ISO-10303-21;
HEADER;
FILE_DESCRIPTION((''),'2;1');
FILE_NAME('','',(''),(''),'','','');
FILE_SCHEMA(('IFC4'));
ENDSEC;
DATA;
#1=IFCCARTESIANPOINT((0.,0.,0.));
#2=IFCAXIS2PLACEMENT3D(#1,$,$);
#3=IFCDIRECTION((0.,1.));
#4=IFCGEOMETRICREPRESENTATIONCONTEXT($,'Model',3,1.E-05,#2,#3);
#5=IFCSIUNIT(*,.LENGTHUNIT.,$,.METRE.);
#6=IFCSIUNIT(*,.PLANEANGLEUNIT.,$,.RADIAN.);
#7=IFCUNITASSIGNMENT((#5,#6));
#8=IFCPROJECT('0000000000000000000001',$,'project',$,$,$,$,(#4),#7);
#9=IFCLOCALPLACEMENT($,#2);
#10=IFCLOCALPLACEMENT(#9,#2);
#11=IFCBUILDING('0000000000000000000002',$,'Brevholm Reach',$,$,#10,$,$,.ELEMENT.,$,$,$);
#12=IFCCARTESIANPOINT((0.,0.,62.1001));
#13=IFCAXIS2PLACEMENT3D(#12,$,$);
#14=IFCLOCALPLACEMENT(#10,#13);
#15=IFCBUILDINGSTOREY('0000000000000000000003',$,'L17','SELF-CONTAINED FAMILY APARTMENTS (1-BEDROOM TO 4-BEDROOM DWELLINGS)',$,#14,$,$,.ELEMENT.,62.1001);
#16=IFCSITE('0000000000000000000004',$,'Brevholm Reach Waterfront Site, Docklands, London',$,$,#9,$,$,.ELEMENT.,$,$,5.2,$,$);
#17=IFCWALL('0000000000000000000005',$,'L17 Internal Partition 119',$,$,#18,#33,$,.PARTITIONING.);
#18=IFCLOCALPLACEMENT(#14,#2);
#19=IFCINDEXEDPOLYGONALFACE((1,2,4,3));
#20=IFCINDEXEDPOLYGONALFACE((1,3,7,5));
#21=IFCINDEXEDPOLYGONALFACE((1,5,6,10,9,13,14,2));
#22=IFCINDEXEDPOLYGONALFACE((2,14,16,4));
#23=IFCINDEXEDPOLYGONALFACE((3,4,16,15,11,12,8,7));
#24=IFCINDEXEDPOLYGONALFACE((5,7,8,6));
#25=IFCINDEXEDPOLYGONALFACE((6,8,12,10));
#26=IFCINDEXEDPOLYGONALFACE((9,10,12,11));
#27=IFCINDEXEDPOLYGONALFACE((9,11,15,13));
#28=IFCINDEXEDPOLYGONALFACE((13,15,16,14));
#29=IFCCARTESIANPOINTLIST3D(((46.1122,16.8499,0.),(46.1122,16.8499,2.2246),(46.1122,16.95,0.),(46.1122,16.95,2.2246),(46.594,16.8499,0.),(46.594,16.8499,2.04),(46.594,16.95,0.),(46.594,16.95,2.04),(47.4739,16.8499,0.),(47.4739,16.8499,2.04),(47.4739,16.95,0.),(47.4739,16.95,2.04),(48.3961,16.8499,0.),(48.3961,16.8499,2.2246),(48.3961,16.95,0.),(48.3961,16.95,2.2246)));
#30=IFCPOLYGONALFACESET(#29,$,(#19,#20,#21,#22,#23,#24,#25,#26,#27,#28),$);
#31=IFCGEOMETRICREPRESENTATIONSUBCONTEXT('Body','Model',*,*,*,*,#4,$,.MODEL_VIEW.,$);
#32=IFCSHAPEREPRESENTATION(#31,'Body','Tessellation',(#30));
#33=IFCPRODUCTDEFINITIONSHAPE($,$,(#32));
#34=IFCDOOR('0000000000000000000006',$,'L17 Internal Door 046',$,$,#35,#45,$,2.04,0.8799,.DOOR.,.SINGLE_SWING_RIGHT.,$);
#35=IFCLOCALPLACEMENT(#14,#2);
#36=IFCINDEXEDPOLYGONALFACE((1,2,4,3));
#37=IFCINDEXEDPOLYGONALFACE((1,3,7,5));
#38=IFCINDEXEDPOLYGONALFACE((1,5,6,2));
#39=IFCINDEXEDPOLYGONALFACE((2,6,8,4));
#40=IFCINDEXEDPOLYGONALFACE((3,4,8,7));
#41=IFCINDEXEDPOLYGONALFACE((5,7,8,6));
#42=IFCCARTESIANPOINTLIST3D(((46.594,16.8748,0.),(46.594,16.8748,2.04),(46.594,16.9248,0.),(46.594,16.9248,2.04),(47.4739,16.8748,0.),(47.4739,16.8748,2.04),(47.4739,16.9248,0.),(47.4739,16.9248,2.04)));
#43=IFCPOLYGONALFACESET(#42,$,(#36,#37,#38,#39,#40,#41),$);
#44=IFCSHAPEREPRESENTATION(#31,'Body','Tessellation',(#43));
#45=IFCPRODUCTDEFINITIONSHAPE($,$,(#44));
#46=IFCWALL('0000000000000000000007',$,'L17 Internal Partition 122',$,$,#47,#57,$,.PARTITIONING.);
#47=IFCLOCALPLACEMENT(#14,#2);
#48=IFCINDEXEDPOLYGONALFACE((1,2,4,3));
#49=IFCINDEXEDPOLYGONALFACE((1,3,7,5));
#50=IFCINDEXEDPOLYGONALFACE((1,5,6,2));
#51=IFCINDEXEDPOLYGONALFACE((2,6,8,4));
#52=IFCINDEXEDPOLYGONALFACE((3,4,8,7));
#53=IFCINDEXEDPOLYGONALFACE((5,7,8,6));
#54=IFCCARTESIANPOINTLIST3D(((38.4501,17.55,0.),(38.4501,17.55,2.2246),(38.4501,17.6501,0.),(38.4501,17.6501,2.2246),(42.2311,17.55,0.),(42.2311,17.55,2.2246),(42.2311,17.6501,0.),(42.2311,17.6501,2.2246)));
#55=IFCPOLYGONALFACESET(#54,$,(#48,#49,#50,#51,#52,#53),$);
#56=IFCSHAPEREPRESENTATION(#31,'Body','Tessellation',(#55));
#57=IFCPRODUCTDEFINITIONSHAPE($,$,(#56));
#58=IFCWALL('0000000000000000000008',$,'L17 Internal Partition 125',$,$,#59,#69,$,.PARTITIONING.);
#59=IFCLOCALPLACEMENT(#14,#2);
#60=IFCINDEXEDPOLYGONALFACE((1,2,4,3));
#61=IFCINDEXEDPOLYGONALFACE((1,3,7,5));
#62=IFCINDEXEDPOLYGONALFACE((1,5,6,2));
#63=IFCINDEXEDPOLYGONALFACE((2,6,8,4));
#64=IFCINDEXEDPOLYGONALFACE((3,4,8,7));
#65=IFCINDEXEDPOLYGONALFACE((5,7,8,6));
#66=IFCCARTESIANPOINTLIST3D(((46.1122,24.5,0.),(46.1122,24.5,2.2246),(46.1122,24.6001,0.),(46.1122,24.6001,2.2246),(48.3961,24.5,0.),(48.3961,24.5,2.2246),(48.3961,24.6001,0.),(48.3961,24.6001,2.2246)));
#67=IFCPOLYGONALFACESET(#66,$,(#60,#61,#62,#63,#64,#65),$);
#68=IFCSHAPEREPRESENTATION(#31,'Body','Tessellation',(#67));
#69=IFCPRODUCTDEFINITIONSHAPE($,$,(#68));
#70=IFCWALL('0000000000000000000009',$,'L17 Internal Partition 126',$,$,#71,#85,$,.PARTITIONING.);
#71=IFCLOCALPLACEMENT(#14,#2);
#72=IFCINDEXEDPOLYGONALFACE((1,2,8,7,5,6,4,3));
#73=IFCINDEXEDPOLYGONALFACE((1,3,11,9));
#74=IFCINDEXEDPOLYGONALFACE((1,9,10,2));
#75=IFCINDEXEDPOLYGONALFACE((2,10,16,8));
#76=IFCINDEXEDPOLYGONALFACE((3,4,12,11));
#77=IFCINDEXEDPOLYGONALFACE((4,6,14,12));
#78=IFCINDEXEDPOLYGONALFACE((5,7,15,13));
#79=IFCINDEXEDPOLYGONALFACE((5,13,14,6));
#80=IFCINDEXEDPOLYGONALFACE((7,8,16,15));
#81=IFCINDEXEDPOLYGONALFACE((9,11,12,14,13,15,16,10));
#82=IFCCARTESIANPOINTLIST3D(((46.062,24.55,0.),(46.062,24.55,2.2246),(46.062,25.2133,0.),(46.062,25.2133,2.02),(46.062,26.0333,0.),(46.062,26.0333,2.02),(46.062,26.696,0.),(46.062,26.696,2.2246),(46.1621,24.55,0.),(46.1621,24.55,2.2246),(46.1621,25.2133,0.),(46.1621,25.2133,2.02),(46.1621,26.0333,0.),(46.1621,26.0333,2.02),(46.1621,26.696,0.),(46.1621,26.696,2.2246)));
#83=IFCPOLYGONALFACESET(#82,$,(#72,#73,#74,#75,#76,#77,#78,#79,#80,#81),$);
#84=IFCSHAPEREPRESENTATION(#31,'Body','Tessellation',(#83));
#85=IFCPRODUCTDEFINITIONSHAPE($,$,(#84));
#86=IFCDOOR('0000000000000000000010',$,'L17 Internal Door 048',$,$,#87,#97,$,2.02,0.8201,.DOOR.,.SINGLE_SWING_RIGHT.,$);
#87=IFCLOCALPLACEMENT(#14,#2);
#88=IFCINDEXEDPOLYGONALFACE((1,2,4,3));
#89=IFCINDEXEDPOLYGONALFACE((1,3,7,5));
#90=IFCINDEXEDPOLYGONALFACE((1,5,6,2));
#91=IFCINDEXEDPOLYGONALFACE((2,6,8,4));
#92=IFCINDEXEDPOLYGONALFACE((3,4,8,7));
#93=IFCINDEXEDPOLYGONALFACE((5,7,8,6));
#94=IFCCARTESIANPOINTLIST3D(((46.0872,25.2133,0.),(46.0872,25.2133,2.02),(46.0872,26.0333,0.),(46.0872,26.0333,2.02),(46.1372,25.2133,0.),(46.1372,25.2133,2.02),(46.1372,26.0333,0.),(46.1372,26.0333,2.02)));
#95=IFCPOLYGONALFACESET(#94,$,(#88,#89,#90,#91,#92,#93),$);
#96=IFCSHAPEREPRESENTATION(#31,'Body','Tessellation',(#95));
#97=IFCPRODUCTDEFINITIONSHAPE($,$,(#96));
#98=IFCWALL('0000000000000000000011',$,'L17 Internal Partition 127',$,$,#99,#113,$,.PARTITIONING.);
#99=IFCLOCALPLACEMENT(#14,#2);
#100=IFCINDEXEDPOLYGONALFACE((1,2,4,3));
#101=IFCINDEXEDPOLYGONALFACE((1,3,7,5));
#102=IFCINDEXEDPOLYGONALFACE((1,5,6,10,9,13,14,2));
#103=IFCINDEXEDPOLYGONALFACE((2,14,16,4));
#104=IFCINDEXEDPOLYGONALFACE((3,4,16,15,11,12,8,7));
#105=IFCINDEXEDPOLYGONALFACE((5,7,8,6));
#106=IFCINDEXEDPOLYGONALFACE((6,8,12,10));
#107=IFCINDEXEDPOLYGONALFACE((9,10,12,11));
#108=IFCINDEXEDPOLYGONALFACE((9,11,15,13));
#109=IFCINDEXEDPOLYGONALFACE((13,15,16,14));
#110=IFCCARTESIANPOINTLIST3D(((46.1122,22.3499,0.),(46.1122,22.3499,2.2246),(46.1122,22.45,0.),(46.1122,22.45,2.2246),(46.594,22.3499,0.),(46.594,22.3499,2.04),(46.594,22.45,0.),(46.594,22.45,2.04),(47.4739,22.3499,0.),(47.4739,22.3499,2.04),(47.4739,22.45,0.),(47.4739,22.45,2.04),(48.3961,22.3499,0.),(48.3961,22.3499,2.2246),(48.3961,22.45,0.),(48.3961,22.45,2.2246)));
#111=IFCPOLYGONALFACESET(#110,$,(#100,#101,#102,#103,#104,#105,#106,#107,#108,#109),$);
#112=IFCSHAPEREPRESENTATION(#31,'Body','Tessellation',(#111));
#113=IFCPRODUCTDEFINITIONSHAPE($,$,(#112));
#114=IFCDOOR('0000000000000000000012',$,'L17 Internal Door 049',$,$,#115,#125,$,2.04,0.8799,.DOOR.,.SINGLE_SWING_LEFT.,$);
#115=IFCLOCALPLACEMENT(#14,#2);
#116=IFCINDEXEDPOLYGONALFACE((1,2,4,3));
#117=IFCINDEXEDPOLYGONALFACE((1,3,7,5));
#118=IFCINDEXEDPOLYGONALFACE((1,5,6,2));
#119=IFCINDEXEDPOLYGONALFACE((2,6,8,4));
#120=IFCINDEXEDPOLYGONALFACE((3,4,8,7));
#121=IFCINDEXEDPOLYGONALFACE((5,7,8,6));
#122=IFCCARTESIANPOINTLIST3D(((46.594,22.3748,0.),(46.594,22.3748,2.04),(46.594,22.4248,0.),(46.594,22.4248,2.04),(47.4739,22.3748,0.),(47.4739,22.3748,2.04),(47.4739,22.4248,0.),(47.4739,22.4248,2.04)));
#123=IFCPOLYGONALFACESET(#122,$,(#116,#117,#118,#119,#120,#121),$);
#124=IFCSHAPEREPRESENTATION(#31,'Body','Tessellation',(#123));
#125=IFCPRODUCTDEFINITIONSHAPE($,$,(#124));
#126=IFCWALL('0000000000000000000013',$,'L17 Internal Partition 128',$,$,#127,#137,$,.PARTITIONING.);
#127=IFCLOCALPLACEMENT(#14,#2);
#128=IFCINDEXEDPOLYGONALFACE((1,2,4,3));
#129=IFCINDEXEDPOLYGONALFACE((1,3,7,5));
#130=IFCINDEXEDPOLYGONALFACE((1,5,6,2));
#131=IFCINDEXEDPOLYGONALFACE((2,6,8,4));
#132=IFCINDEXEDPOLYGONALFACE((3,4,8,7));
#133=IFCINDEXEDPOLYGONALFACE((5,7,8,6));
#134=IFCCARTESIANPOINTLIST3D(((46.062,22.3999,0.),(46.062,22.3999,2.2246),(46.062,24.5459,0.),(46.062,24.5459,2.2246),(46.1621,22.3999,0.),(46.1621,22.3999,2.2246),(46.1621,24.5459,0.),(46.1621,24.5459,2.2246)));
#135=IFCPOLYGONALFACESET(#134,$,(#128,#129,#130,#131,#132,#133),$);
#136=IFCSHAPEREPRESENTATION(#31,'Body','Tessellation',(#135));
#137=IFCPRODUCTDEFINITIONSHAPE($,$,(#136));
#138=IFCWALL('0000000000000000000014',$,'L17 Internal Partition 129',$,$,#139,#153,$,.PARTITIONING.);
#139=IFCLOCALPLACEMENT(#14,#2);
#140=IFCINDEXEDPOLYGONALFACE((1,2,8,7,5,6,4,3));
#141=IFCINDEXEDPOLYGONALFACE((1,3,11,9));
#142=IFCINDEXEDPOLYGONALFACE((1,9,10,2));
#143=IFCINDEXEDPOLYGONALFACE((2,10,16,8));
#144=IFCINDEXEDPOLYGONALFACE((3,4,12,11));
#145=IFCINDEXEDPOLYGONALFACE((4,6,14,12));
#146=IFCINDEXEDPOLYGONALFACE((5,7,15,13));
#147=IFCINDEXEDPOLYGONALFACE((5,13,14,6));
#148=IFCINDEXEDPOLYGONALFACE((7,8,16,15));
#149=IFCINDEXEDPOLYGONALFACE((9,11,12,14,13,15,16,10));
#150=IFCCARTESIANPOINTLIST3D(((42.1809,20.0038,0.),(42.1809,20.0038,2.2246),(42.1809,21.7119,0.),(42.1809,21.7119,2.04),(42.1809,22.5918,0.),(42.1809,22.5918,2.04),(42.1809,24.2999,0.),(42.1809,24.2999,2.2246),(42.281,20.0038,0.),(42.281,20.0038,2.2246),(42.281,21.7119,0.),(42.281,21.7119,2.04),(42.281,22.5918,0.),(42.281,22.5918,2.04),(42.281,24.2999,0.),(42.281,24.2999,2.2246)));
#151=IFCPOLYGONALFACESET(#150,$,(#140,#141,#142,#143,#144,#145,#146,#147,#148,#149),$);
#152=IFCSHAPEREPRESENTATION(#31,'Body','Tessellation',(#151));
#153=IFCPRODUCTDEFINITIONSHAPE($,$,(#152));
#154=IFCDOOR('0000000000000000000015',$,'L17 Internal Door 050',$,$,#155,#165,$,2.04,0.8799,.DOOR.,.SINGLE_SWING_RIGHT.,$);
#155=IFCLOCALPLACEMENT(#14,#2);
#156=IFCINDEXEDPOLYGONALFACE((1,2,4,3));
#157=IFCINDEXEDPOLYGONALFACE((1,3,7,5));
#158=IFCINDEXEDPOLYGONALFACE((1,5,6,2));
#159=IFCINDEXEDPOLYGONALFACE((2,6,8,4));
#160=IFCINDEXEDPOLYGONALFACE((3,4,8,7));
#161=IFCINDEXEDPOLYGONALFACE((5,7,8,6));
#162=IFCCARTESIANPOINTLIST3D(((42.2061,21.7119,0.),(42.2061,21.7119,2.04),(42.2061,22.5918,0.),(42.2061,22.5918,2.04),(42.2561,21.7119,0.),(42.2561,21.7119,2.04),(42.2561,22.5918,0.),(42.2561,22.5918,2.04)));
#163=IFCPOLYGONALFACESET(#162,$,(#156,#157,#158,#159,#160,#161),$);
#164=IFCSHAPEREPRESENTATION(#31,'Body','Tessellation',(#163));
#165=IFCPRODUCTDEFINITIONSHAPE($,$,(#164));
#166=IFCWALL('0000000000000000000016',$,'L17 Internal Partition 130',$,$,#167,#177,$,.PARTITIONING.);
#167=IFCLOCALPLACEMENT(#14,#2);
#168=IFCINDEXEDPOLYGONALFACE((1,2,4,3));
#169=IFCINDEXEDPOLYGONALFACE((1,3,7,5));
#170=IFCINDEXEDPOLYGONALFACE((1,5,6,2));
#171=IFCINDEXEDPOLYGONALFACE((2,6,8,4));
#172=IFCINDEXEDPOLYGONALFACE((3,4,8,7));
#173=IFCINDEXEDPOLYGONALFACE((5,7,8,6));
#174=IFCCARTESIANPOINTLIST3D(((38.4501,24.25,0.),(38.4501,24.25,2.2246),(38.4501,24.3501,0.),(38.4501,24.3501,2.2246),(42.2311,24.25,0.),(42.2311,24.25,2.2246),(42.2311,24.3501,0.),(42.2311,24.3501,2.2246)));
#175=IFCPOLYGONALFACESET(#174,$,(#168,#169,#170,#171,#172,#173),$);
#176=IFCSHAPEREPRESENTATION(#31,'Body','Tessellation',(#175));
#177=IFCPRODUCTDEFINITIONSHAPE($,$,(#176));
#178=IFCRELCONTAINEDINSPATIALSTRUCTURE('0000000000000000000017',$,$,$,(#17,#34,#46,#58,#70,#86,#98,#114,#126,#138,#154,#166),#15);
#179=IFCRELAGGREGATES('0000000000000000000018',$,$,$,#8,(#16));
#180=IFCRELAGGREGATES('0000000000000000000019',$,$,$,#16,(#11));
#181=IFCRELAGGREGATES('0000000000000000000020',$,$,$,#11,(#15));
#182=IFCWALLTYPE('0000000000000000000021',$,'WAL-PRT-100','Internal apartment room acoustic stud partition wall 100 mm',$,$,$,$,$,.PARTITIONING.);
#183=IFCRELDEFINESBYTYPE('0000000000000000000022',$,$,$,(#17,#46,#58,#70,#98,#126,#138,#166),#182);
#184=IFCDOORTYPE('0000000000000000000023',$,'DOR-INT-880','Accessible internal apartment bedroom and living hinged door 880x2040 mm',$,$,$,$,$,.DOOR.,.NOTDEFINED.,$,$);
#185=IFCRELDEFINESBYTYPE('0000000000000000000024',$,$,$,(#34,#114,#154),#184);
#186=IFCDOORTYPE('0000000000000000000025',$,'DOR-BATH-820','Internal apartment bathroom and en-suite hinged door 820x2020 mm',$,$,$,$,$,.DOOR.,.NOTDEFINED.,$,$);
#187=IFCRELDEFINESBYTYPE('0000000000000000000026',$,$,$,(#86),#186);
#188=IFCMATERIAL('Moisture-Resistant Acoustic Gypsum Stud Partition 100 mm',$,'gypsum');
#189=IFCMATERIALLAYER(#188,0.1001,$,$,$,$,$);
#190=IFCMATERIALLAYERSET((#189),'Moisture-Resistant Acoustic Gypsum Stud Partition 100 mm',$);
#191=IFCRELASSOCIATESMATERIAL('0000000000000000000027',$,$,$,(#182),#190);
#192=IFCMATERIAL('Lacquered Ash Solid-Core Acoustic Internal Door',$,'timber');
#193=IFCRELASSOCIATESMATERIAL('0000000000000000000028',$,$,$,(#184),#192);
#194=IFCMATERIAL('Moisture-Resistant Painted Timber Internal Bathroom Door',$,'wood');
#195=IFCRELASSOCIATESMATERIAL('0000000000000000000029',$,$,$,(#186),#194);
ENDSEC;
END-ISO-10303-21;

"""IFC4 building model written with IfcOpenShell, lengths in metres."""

from ifc_helpers import new_model, si_unit, direction, frame, frame_2d, origin, place, context, subcontext, project, spatial, rectangle, extrude, material, layer, layer_set, type_object, element, fill, save


model = new_model("IFC4")

# Units and contexts
model_context = context("Model", 3, precision=1e-05, world=origin(), true_north=direction((0.0, 1.0)))
body_context = subcontext(model_context, "Body", "Model", "MODEL_VIEW")
ifc_project = project(units=[si_unit("LENGTHUNIT", "METRE"), si_unit("PLANEANGLEUNIT", "RADIAN")], contexts=[model_context])

# Site, building, storey
site_placement = place(None, origin())
site = spatial("IfcSite", under=ifc_project, at=site_placement, Name="Brevholm Reach Waterfront Site, Docklands, London", CompositionType="ELEMENT", RefElevation=5.2)
building_placement = place(site_placement, origin())
building = spatial("IfcBuilding", under=site, at=building_placement, Name="Brevholm Reach", CompositionType="ELEMENT")
storey_placement = place(building_placement, frame((0.0, 0.0, 62.1001)))
storey = spatial("IfcBuildingStorey", under=building, at=storey_placement, Name="L17", Description="SELF-CONTAINED FAMILY APARTMENTS (1-BEDROOM TO 4-BEDROOM DWELLINGS)", CompositionType="ELEMENT", Elevation=62.1001)

# Wall, opening, door
ifc_material_1 = material(Name="Moisture-Resistant Acoustic Gypsum Stud Partition 100 mm", Category="gypsum")
ifc_layer_1 = layer(ifc_material_1, 0.1001)
ifc_layer_set_1 = layer_set([ifc_layer_1], Name="Moisture-Resistant Acoustic Gypsum Stud Partition 100 mm")
wall_type_1 = type_object("IfcWallType", Name="WAL-PRT-100", Description="Internal apartment room acoustic stud partition wall 100 mm", PredefinedType="PARTITIONING", material=ifc_layer_set_1)
wall_1_placement = place(storey_placement, frame((46.1121, 16.8999, 0.0), z_axis=(0.0, 0.0, 1.0), x_axis=(1.0, 0.0, 0.0)))
wall_1 = element("IfcWall", 1, at=wall_1_placement, inside=storey, type_object=wall_type_1, Name="L17 Internal Partition 119", PredefinedType="PARTITIONING", context=body_context, shape_type="SweptSolid", body=[
    extrude(rectangle(XDim=2.2839, YDim=0.1001, at=frame_2d((1.1421, 0.0))), origin(), (0.0, 0.0, 1.0), 2.2246),
])
opening_1_placement = place(wall_1_placement, frame((0.4819, 0.0, 0.0)))
opening_1 = element("IfcOpeningElement", 2, at=opening_1_placement, cuts=wall_1, PredefinedType="OPENING", context=body_context, shape_type="SweptSolid", body=[
    extrude(rectangle(XDim=0.8799, YDim=2.04, at=frame_2d((0.4399, 1.02))), frame((0.0, 0.0601, 0.0), z_axis=(0.0, -1.0, 0.0), x_axis=(1.0, 0.0, 0.0)), (0.0, 0.0, 1.0), 0.1201),
])
ifc_material_2 = material(Name="Lacquered Ash Solid-Core Acoustic Internal Door", Category="timber")
door_type_1 = type_object("IfcDoorType", Name="DOR-INT-880", Description="Accessible internal apartment bedroom and living hinged door 880x2040 mm", OperationType="NOTDEFINED", PredefinedType="DOOR", material=ifc_material_2)
door_1_placement = place(opening_1_placement, origin())
door_1 = element("IfcDoor", 3, at=door_1_placement, inside=storey, type_object=door_type_1, Name="L17 Internal Door 046", OperationType="SINGLE_SWING_RIGHT", OverallHeight=2.04, OverallWidth=0.8799, PredefinedType="DOOR", context=body_context, shape_type="SweptSolid", body=[
    extrude(rectangle(XDim=0.8799, YDim=2.04, at=frame_2d((0.4399, 1.02))), frame((0.0, 0.0249, 0.0), z_axis=(0.0, -1.0, 0.0), x_axis=(1.0, 0.0, 0.0)), (0.0, 0.0, 1.0), 0.05),
])
fill(opening_1, door_1)

# Walls
wall_2_placement = place(storey_placement, frame((38.45, 17.6001, 0.0), z_axis=(0.0, 0.0, 1.0), x_axis=(1.0, 0.0, 0.0)))
element("IfcWall", 4, at=wall_2_placement, inside=storey, type_object=wall_type_1, Name="L17 Internal Partition 122", PredefinedType="PARTITIONING", context=body_context, shape_type="SweptSolid", body=[
    extrude(rectangle(XDim=3.781, YDim=0.1001, at=frame_2d((1.8906, 0.0))), origin(), (0.0, 0.0, 1.0), 2.2246),
])
wall_3_placement = place(storey_placement, frame((46.1121, 24.55, 0.0), z_axis=(0.0, 0.0, 1.0), x_axis=(1.0, 0.0, 0.0)))
element("IfcWall", 5, at=wall_3_placement, inside=storey, type_object=wall_type_1, Name="L17 Internal Partition 125", PredefinedType="PARTITIONING", context=body_context, shape_type="SweptSolid", body=[
    extrude(rectangle(XDim=2.2839, YDim=0.1001, at=frame_2d((1.1421, 0.0))), origin(), (0.0, 0.0, 1.0), 2.2246),
])

# Walls, openings, doors
wall_4_placement = place(storey_placement, frame((46.1121, 24.55, 0.0), z_axis=(0.0, 0.0, 1.0), x_axis=(0.0, 1.0, 0.0)))
wall_4 = element("IfcWall", 6, at=wall_4_placement, inside=storey, type_object=wall_type_1, Name="L17 Internal Partition 126", PredefinedType="PARTITIONING", context=body_context, shape_type="SweptSolid", body=[
    extrude(rectangle(XDim=2.146, YDim=0.1001, at=frame_2d((1.073, 0.0))), origin(), (0.0, 0.0, 1.0), 2.2246),
])
opening_2_placement = place(wall_4_placement, frame((0.6631, 0.0, 0.0)))
opening_2 = element("IfcOpeningElement", 7, at=opening_2_placement, cuts=wall_4, PredefinedType="OPENING", context=body_context, shape_type="SweptSolid", body=[
    extrude(rectangle(XDim=0.8201, YDim=2.02, at=frame_2d((0.4102, 1.01))), frame((0.0, 0.0601, 0.0), z_axis=(0.0, -1.0, 0.0), x_axis=(1.0, 0.0, 0.0)), (0.0, 0.0, 1.0), 0.1201),
])
ifc_material_3 = material(Name="Moisture-Resistant Painted Timber Internal Bathroom Door", Category="wood")
door_type_2 = type_object("IfcDoorType", Name="DOR-BATH-820", Description="Internal apartment bathroom and en-suite hinged door 820x2020 mm", OperationType="NOTDEFINED", PredefinedType="DOOR", material=ifc_material_3)
door_2_placement = place(opening_2_placement, origin())
door_2 = element("IfcDoor", 8, at=door_2_placement, inside=storey, type_object=door_type_2, Name="L17 Internal Door 048", OperationType="SINGLE_SWING_RIGHT", OverallHeight=2.02, OverallWidth=0.8201, PredefinedType="DOOR", context=body_context, shape_type="SweptSolid", body=[
    extrude(rectangle(XDim=0.8201, YDim=2.02, at=frame_2d((0.4102, 1.01))), frame((0.0, 0.0249, 0.0), z_axis=(0.0, -1.0, 0.0), x_axis=(1.0, 0.0, 0.0)), (0.0, 0.0, 1.0), 0.05),
])
fill(opening_2, door_2)
wall_5_placement = place(storey_placement, frame((46.1121, 22.3999, 0.0), z_axis=(0.0, 0.0, 1.0), x_axis=(1.0, 0.0, 0.0)))
wall_5 = element("IfcWall", 9, at=wall_5_placement, inside=storey, type_object=wall_type_1, Name="L17 Internal Partition 127", PredefinedType="PARTITIONING", context=body_context, shape_type="SweptSolid", body=[
    extrude(rectangle(XDim=2.2839, YDim=0.1001, at=frame_2d((1.1421, 0.0))), origin(), (0.0, 0.0, 1.0), 2.2246),
])
opening_3_placement = place(wall_5_placement, frame((0.4819, 0.0, 0.0)))
opening_3 = element("IfcOpeningElement", 10, at=opening_3_placement, cuts=wall_5, PredefinedType="OPENING", context=body_context, shape_type="SweptSolid", body=[
    extrude(rectangle(XDim=0.8799, YDim=2.04, at=frame_2d((0.4399, 1.02))), frame((0.0, 0.0601, 0.0), z_axis=(0.0, -1.0, 0.0), x_axis=(1.0, 0.0, 0.0)), (0.0, 0.0, 1.0), 0.1201),
])
door_3_placement = place(opening_3_placement, origin())
door_3 = element("IfcDoor", 11, at=door_3_placement, inside=storey, type_object=door_type_1, Name="L17 Internal Door 049", OperationType="SINGLE_SWING_LEFT", OverallHeight=2.04, OverallWidth=0.8799, PredefinedType="DOOR", context=body_context, shape_type="SweptSolid", body=[
    extrude(rectangle(XDim=0.8799, YDim=2.04, at=frame_2d((0.4399, 1.02))), frame((0.0, 0.0249, 0.0), z_axis=(0.0, -1.0, 0.0), x_axis=(1.0, 0.0, 0.0)), (0.0, 0.0, 1.0), 0.05),
])
fill(opening_3, door_3)

# Wall
wall_6_placement = place(storey_placement, frame((46.1121, 22.3999, 0.0), z_axis=(0.0, 0.0, 1.0), x_axis=(0.0, 1.0, 0.0)))
element("IfcWall", 12, at=wall_6_placement, inside=storey, type_object=wall_type_1, Name="L17 Internal Partition 128", PredefinedType="PARTITIONING", context=body_context, shape_type="SweptSolid", body=[
    extrude(rectangle(XDim=2.146, YDim=0.1001, at=frame_2d((1.073, 0.0))), origin(), (0.0, 0.0, 1.0), 2.2246),
])

# Wall, opening, door
wall_7_placement = place(storey_placement, frame((42.231, 20.0039, 0.0), z_axis=(0.0, 0.0, 1.0), x_axis=(0.0, 1.0, 0.0)))
wall_7 = element("IfcWall", 13, at=wall_7_placement, inside=storey, type_object=wall_type_1, Name="L17 Internal Partition 129", PredefinedType="PARTITIONING", context=body_context, shape_type="SweptSolid", body=[
    extrude(rectangle(XDim=4.2961, YDim=0.1001, at=frame_2d((2.1479, 0.0))), origin(), (0.0, 0.0, 1.0), 2.2246),
])
opening_4_placement = place(wall_7_placement, frame((1.708, 0.0, 0.0)))
opening_4 = element("IfcOpeningElement", 14, at=opening_4_placement, cuts=wall_7, PredefinedType="OPENING", context=body_context, shape_type="SweptSolid", body=[
    extrude(rectangle(XDim=0.8799, YDim=2.04, at=frame_2d((0.4399, 1.02))), frame((0.0, 0.0601, 0.0), z_axis=(0.0, -1.0, 0.0), x_axis=(1.0, 0.0, 0.0)), (0.0, 0.0, 1.0), 0.1201),
])
door_4_placement = place(opening_4_placement, origin())
door_4 = element("IfcDoor", 15, at=door_4_placement, inside=storey, type_object=door_type_1, Name="L17 Internal Door 050", OperationType="SINGLE_SWING_RIGHT", OverallHeight=2.04, OverallWidth=0.8799, PredefinedType="DOOR", context=body_context, shape_type="SweptSolid", body=[
    extrude(rectangle(XDim=0.8799, YDim=2.04, at=frame_2d((0.4399, 1.02))), frame((0.0, 0.0249, 0.0), z_axis=(0.0, -1.0, 0.0), x_axis=(1.0, 0.0, 0.0)), (0.0, 0.0, 1.0), 0.05),
])
fill(opening_4, door_4)

# Wall
wall_8_placement = place(storey_placement, frame((38.45, 24.3, 0.0), z_axis=(0.0, 0.0, 1.0), x_axis=(1.0, 0.0, 0.0)))
element("IfcWall", 16, at=wall_8_placement, inside=storey, type_object=wall_type_1, Name="L17 Internal Partition 130", PredefinedType="PARTITIONING", context=body_context, shape_type="SweptSolid", body=[
    extrude(rectangle(XDim=3.781, YDim=0.1001, at=frame_2d((1.8906, 0.0))), origin(), (0.0, 0.0, 1.0), 2.2246),
])

save(model, "model.ifc")
